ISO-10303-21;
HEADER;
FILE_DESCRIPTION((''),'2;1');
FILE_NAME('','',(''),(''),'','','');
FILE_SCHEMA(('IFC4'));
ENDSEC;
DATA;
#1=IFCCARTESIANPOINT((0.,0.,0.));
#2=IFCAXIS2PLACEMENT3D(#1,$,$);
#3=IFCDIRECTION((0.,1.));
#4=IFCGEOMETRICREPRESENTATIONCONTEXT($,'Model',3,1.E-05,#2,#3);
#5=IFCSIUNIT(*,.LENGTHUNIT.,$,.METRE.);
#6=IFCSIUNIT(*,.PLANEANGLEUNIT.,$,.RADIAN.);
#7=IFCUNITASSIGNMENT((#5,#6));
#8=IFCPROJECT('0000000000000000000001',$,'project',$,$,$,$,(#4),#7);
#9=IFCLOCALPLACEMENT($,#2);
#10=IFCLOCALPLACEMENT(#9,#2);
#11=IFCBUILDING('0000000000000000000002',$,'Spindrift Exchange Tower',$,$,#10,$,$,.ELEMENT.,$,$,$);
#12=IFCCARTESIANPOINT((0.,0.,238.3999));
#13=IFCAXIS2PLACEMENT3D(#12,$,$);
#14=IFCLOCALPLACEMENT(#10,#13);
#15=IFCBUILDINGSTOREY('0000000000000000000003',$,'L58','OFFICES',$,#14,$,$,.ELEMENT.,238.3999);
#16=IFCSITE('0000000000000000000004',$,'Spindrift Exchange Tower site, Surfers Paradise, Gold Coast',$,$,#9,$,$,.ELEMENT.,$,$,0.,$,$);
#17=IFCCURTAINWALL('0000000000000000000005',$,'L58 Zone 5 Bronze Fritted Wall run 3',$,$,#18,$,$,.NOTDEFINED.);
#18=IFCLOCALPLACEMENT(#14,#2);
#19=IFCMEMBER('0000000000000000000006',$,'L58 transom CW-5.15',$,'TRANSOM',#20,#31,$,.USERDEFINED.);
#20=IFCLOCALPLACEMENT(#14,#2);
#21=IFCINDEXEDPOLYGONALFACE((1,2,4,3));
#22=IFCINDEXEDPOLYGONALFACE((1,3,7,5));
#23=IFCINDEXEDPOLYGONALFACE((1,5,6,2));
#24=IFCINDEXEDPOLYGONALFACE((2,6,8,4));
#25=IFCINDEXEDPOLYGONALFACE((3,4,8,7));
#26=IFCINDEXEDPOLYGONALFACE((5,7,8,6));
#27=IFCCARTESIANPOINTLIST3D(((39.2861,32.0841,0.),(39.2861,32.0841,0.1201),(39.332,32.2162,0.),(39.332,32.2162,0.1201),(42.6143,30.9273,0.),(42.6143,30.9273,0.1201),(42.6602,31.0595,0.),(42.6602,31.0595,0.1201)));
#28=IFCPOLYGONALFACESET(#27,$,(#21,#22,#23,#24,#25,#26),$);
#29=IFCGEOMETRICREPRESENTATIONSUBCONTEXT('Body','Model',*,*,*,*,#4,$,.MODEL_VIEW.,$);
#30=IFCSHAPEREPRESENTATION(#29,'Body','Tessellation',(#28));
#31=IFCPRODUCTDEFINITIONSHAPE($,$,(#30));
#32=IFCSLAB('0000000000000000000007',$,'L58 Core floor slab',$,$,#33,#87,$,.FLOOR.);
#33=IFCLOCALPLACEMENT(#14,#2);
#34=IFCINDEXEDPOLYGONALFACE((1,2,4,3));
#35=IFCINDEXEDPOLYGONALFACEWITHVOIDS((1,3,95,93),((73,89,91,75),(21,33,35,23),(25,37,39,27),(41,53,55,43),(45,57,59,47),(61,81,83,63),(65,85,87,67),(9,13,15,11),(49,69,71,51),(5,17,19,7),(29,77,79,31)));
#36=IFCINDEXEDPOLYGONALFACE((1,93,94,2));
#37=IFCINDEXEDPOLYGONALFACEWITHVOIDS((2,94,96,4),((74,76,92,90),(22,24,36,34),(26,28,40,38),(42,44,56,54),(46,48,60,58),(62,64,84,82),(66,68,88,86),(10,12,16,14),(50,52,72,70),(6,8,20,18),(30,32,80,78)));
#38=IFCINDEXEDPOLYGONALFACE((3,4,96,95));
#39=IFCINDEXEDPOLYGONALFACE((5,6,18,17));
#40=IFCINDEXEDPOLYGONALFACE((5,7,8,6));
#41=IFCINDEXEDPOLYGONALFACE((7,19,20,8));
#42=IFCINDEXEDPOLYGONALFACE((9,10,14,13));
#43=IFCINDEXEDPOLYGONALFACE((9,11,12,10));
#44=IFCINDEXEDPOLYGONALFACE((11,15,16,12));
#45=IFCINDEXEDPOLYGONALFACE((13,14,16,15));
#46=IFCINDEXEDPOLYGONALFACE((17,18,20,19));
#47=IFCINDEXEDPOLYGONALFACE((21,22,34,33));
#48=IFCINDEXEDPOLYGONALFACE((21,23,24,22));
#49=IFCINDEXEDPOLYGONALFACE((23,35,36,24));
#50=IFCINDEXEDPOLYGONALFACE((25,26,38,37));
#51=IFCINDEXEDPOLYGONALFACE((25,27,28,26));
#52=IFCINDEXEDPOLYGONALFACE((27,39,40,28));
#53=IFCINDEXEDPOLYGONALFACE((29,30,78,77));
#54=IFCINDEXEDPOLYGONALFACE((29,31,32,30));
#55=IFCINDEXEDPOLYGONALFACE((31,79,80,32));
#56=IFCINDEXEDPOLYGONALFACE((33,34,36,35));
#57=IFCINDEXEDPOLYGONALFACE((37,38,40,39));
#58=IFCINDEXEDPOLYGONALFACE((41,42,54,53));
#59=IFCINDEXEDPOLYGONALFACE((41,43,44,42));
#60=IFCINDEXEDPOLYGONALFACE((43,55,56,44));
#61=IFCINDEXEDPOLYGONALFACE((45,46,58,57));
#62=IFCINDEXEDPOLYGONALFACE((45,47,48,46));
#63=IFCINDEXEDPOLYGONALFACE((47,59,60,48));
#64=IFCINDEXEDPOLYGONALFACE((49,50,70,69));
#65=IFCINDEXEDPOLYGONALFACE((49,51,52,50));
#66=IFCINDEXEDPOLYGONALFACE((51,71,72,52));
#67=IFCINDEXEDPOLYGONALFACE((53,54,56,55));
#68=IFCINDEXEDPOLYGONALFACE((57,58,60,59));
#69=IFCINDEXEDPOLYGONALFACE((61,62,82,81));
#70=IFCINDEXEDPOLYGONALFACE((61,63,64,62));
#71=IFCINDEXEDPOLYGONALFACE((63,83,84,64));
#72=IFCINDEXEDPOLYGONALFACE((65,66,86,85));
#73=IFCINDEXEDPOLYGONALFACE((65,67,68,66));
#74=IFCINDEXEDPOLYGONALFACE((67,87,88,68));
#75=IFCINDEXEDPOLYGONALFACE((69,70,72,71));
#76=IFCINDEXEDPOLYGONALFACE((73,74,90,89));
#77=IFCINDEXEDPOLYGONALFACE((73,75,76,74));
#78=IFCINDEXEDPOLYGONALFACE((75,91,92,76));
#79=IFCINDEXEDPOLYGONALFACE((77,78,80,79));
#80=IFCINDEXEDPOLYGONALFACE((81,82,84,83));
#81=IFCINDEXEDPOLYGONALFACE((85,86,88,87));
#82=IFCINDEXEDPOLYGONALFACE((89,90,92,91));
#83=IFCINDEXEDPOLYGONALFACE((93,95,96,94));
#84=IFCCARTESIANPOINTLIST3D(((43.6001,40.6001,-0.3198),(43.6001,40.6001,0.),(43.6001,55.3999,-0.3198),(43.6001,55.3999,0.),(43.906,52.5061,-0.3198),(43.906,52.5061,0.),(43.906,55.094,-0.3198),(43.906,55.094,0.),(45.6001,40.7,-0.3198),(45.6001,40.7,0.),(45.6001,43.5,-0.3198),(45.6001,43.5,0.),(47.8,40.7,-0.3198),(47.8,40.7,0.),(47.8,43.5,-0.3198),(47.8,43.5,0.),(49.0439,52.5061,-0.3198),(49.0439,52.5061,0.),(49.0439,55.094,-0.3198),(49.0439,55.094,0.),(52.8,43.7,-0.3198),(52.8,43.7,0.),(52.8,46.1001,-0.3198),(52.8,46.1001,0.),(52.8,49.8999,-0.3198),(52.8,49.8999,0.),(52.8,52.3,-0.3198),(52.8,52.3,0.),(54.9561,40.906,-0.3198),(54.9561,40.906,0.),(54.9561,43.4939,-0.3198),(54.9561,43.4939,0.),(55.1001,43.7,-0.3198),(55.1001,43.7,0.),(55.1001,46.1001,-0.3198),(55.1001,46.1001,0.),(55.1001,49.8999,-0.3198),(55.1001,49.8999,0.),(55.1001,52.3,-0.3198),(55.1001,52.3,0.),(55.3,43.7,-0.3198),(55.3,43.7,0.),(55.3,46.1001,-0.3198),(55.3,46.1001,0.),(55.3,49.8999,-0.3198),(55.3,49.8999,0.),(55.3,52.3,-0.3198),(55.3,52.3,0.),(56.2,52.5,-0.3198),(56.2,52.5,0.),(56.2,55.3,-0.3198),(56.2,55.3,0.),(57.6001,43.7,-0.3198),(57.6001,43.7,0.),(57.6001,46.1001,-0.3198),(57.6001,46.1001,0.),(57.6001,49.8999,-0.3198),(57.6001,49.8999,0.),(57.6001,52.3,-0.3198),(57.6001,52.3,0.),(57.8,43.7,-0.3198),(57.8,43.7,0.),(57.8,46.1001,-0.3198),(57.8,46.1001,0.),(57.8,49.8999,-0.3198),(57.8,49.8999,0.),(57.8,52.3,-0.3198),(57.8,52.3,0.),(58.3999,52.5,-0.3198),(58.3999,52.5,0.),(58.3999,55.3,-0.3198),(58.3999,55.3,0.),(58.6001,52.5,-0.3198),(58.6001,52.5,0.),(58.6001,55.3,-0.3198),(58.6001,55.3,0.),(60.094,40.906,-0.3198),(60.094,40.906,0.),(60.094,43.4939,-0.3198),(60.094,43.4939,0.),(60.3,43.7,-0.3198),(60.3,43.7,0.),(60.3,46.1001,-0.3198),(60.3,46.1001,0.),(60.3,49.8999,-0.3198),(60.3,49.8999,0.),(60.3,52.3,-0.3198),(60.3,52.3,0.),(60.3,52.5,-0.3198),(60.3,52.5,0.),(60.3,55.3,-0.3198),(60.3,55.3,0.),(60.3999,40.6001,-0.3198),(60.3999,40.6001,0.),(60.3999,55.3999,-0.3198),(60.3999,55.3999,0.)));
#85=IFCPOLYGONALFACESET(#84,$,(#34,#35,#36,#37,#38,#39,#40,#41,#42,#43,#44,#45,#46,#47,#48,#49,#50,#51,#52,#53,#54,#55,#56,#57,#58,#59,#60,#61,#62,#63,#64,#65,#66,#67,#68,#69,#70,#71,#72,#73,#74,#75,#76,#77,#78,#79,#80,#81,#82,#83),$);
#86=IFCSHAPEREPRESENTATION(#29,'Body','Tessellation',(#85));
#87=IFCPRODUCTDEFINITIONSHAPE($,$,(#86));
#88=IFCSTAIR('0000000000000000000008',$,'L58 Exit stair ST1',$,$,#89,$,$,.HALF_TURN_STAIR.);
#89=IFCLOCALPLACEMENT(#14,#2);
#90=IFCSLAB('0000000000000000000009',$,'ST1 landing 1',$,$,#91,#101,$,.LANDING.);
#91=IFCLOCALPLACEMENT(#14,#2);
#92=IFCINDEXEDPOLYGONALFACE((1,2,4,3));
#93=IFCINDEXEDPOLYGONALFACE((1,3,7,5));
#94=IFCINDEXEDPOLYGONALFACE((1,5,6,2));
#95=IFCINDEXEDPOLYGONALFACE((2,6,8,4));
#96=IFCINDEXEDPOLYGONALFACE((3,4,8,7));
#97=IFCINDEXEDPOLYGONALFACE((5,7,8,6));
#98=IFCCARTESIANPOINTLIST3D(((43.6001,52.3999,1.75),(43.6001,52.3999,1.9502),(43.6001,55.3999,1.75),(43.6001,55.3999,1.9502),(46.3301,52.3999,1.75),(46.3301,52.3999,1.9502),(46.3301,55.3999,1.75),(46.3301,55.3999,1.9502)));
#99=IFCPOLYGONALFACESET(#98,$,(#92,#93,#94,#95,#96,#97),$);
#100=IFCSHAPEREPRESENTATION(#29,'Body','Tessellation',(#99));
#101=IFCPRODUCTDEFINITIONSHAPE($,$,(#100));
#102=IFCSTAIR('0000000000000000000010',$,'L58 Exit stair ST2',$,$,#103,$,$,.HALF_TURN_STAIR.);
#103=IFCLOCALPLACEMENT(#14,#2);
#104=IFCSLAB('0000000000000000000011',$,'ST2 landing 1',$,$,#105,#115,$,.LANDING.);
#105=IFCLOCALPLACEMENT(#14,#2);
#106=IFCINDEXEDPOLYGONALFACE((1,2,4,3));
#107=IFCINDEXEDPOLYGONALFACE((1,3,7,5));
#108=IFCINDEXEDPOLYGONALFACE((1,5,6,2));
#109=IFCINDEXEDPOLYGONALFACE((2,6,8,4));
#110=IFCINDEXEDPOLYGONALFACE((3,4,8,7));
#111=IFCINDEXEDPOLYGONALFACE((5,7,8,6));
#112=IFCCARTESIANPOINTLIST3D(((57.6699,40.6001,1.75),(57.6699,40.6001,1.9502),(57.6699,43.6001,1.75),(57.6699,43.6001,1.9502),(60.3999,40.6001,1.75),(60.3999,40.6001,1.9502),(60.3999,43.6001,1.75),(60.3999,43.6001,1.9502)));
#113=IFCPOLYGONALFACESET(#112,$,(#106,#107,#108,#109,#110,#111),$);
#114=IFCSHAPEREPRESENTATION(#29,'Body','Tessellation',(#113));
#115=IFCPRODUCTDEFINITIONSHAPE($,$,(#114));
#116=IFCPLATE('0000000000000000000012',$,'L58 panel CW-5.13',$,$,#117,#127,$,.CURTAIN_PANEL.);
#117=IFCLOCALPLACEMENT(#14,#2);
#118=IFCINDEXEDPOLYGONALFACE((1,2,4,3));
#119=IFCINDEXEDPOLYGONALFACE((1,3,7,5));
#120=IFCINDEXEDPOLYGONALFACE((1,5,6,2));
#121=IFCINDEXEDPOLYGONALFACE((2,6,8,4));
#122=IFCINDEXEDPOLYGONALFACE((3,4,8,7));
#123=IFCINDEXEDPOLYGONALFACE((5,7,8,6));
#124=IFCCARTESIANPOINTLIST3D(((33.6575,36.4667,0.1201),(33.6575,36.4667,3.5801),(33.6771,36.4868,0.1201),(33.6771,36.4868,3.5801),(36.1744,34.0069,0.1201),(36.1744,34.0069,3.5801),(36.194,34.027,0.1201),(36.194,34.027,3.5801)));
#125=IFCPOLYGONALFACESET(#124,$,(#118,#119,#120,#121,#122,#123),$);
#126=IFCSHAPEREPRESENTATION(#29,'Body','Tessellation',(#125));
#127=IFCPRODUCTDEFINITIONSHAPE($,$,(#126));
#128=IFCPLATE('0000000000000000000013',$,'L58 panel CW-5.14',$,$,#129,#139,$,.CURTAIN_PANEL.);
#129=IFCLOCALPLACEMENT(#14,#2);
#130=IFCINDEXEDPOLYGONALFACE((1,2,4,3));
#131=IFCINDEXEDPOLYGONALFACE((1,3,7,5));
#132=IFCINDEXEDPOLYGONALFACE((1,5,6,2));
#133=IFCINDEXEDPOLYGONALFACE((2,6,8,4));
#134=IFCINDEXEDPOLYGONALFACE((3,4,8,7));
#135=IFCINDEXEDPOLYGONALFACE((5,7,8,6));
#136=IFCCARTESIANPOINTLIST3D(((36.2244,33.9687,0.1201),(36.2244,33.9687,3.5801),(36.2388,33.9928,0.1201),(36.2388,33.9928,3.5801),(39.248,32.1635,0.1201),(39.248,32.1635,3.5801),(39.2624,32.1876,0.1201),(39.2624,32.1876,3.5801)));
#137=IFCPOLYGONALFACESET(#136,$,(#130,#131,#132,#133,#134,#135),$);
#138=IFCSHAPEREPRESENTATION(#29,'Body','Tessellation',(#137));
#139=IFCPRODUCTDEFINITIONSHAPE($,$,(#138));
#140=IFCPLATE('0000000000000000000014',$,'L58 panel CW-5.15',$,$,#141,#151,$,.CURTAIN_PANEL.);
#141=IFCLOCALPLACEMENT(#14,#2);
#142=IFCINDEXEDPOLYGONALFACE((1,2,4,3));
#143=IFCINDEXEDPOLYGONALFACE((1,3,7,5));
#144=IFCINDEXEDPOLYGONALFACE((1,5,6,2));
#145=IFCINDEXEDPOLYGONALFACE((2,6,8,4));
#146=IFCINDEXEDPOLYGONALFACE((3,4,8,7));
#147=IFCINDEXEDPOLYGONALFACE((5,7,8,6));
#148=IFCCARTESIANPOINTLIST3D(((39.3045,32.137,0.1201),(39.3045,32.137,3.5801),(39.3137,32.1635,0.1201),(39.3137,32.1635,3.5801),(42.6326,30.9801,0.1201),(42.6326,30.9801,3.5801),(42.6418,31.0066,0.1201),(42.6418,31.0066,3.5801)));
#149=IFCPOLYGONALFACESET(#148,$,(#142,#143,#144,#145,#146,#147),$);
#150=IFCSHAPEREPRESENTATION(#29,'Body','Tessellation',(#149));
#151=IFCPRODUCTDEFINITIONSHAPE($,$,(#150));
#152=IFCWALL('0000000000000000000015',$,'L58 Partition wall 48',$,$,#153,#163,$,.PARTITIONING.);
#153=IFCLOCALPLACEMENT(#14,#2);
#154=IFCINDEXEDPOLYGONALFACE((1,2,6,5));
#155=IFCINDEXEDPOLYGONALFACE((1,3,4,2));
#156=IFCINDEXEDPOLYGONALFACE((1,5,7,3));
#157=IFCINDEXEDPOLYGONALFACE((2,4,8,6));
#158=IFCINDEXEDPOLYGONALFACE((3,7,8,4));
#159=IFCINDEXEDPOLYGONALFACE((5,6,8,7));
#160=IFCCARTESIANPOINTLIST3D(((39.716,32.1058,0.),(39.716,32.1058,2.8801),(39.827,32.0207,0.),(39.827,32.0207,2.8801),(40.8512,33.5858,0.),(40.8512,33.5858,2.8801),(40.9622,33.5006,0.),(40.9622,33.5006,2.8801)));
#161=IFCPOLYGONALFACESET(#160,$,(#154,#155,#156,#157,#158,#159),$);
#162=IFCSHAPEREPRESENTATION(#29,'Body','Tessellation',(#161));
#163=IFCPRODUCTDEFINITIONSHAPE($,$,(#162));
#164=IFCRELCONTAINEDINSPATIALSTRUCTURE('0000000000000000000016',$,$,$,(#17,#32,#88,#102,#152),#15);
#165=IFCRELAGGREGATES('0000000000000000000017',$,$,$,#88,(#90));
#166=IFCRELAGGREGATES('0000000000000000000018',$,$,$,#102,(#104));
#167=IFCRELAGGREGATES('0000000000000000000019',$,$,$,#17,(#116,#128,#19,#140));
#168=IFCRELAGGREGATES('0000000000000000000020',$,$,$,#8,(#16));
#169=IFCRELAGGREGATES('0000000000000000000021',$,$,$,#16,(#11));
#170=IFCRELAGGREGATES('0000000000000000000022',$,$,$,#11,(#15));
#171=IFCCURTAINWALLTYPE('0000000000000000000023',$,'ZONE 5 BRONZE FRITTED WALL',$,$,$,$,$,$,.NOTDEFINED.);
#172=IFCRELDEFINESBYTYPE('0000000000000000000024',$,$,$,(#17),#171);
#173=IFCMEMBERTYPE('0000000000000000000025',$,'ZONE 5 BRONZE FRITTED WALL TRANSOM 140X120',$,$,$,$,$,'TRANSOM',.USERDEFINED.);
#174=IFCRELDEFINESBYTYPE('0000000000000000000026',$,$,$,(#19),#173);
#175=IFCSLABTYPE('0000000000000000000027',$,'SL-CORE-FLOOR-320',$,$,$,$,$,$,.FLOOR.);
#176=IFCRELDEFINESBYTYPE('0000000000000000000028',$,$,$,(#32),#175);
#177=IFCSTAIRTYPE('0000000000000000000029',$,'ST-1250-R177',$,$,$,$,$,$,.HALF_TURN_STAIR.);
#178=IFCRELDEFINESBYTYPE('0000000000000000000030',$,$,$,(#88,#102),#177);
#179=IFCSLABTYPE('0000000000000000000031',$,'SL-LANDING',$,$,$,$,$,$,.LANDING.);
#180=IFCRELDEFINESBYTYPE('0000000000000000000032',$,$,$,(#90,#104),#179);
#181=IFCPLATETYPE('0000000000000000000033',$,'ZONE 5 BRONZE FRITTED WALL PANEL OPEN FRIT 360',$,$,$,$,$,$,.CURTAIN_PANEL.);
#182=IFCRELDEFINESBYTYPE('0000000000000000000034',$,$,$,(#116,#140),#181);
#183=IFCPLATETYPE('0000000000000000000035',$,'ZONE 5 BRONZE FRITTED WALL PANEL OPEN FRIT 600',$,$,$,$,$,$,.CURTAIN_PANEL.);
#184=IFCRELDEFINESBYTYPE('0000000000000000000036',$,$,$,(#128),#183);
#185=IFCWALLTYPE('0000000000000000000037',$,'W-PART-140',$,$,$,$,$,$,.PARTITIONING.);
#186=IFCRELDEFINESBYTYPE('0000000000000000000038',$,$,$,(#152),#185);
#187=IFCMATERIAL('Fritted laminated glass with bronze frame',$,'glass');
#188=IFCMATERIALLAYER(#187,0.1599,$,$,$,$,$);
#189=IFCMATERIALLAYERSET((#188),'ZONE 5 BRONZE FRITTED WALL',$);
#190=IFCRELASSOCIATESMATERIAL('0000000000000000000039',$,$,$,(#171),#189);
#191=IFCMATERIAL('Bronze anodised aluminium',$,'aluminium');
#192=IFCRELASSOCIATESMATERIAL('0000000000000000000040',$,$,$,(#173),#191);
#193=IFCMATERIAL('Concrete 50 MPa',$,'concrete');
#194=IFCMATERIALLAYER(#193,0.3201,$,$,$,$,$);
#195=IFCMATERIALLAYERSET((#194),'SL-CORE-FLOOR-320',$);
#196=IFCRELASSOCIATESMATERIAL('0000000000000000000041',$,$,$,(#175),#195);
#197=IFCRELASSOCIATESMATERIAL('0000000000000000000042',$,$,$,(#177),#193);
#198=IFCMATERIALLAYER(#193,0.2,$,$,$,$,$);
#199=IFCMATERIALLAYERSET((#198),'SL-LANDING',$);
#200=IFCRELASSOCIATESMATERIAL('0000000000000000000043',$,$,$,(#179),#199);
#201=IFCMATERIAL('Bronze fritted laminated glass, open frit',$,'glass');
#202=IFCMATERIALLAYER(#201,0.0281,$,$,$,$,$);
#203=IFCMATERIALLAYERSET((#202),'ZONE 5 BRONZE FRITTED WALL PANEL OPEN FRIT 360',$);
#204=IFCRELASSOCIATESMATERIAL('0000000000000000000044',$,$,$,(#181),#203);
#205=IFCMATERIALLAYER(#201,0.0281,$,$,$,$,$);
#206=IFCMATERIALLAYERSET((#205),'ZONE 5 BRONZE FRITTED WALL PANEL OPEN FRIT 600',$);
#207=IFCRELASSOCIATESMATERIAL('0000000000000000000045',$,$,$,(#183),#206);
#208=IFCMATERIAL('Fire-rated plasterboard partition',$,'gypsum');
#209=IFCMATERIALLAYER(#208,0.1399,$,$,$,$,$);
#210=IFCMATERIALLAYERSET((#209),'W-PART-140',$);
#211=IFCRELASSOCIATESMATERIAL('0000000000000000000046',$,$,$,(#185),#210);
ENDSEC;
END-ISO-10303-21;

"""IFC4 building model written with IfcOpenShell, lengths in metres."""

from ifc_helpers import new_model, si_unit, direction, frame, frame_2d, origin, origin_2d, place, context, subcontext, project, spatial, line, indexed_curve, rectangle, outline, extrude, source, transform, mapped, material, layer, layer_set, material_profile, profile_set, type_object, element, aggregate, save


model = new_model("IFC4")

# Units and contexts
model_context = context("Model", 3, precision=1e-05, world=origin(), true_north=direction((0.0, 1.0)))
body_context = subcontext(model_context, "Body", "Model", "MODEL_VIEW")
ifc_project = project(units=[si_unit("LENGTHUNIT", "METRE"), si_unit("PLANEANGLEUNIT", "RADIAN")], contexts=[model_context])

# Site, building, storey
site_placement = place(None, origin())
site = spatial("IfcSite", under=ifc_project, at=site_placement, Name="Spindrift Exchange Tower site, Surfers Paradise, Gold Coast", CompositionType="ELEMENT", RefElevation=0.0)
building_placement = place(site_placement, origin())
building = spatial("IfcBuilding", under=site, at=building_placement, Name="Spindrift Exchange Tower", CompositionType="ELEMENT")
storey_placement = place(building_placement, frame((0.0, 0.0, 238.3999)))
storey = spatial("IfcBuildingStorey", under=building, at=storey_placement, Name="L58", Description="OFFICES", CompositionType="ELEMENT", Elevation=238.3999)

# Curtain wall, member
ifc_material_1 = material(Name="Fritted laminated glass with bronze frame", Category="glass")
ifc_layer_1 = layer(ifc_material_1, 0.1599)
ifc_layer_set_1 = layer_set([ifc_layer_1], Name="ZONE 5 BRONZE FRITTED WALL")
curtain_wall_type = type_object("IfcCurtainWallType", Name="ZONE 5 BRONZE FRITTED WALL", PredefinedType="NOTDEFINED", material=ifc_layer_set_1)
curtain_wall_placement = place(storey_placement, origin())
curtain_wall = element("IfcCurtainWall", 1, at=curtain_wall_placement, inside=storey, type_object=curtain_wall_type, Name="L58 Zone 5 Bronze Fritted Wall run 3", PredefinedType="NOTDEFINED")
ifc_material_2 = material(Name="Bronze anodised aluminium", Category="aluminium")
ifc_material_profile_1 = material_profile(ifc_material_2, rectangle(XDim=0.1399, YDim=0.1201, at=origin_2d()), Name="ZONE 5 BRONZE FRITTED WALL TRANSOM 140X120")
ifc_profile_set_1 = profile_set([ifc_material_profile_1], Name="Bronze anodised aluminium")
member_type_1 = type_object("IfcMemberType", Name="ZONE 5 BRONZE FRITTED WALL TRANSOM 140X120", ElementType="TRANSOM", PredefinedType="USERDEFINED", material=ifc_profile_set_1)
shared_shape_1 = source(origin(), body_context, "Body", "SweptSolid", [
    extrude(rectangle(XDim=0.1399, YDim=0.1201, at=origin_2d()), origin(), (0.0, 0.0, 1.0), 3.5234),
])
member_1_placement = place(storey_placement, frame((39.3091, 32.1501, 0.0601), z_axis=(0.944573, -0.3283, 0.0), x_axis=(0.3283, 0.944573, 0.0)))
member_1 = element("IfcMember", 2, at=member_1_placement, type_object=member_type_1, Name="L58 transom CW-5.15", ObjectType="TRANSOM", PredefinedType="USERDEFINED", context=body_context, shape_type="MappedRepresentation", body=[
    mapped(shared_shape_1, transform((0.0, 0.0, 0.0), scale=1.0)),
])

# Slab
ifc_material_3 = material(Name="Concrete 50 MPa", Category="concrete")
ifc_layer_2 = layer(ifc_material_3, 0.3201)
ifc_layer_set_2 = layer_set([ifc_layer_2], Name="SL-CORE-FLOOR-320")
slab_type_1 = type_object("IfcSlabType", Name="SL-CORE-FLOOR-320", PredefinedType="FLOOR", material=ifc_layer_set_2)
slab_1_placement = place(storey_placement, frame((0.0, 0.0, -0.3198)))
element("IfcSlab", 3, at=slab_1_placement, inside=storey, type_object=slab_type_1, Name="L58 Core floor slab", PredefinedType="FLOOR", context=body_context, shape_type="SweptSolid", body=[
    extrude(outline(indexed_curve([(43.6001, 40.6001), (43.6001, 55.3999), (60.3999, 55.3999), (60.3999, 40.6001)], segments=[line(1, 2, 3, 4, 1)], self_intersect=False), holes=[indexed_curve([(45.6001, 43.5), (45.6001, 40.7), (47.8, 40.7), (47.8, 43.5)], segments=[line(1, 2, 3, 4, 1)], self_intersect=False), indexed_curve([(52.8, 46.1001), (52.8, 43.7), (55.1001, 43.7), (55.1001, 46.1001)], segments=[line(1, 2, 3, 4, 1)], self_intersect=False), indexed_curve([(55.3, 46.1001), (55.3, 43.7), (57.6001, 43.7), (57.6001, 46.1001)], segments=[line(1, 2, 3, 4, 1)], self_intersect=False), indexed_curve([(55.1001, 52.3), (52.8, 52.3), (52.8, 49.8999), (55.1001, 49.8999)], segments=[line(1, 2, 3, 4, 1)], self_intersect=False), indexed_curve([(57.6001, 52.3), (55.3, 52.3), (55.3, 49.8999), (57.6001, 49.8999)], segments=[line(1, 2, 3, 4, 1)], self_intersect=False), indexed_curve([(43.906, 52.5061), (49.0439, 52.5061), (49.0439, 55.094), (43.906, 55.094)], segments=[line(1, 2, 3, 4, 1)], self_intersect=False), indexed_curve([(60.094, 40.906), (60.094, 43.4939), (54.9561, 43.4939), (54.9561, 40.906)], segments=[line(1, 2, 3, 4, 1)], self_intersect=False), indexed_curve([(60.3, 46.1001), (57.8, 46.1001), (57.8, 43.7), (60.3, 43.7)], segments=[line(1, 2, 3, 4, 1)], self_intersect=False), indexed_curve([(57.8, 52.3), (57.8, 49.8999), (60.3, 49.8999), (60.3, 52.3)], segments=[line(1, 2, 3, 4, 1)], self_intersect=False), indexed_curve([(58.3999, 55.3), (56.2, 55.3), (56.2, 52.5), (58.3999, 52.5)], segments=[line(1, 2, 3, 4, 1)], self_intersect=False), indexed_curve([(60.3, 55.3), (58.6001, 55.3), (58.6001, 52.5), (60.3, 52.5)], segments=[line(1, 2, 3, 4, 1)], self_intersect=False)]), origin(), (0.0, 0.0, 1.0), 0.3198),
])

# Stairs, slabs
stair_type = type_object("IfcStairType", Name="ST-1250-R177", PredefinedType="HALF_TURN_STAIR", material=ifc_material_3)
stair_1_placement = place(storey_placement, origin())
stair_1 = element("IfcStair", 4, at=stair_1_placement, inside=storey, type_object=stair_type, Name="L58 Exit stair ST1", PredefinedType="HALF_TURN_STAIR")
ifc_layer_3 = layer(ifc_material_3, 0.2)
ifc_layer_set_3 = layer_set([ifc_layer_3], Name="SL-LANDING")
slab_type_2 = type_object("IfcSlabType", Name="SL-LANDING", PredefinedType="LANDING", material=ifc_layer_set_3)
slab_2_placement = place(storey_placement, frame((0.0, 0.0, 1.75)))
slab_2 = element("IfcSlab", 5, at=slab_2_placement, type_object=slab_type_2, Name="ST1 landing 1", PredefinedType="LANDING", context=body_context, shape_type="SweptSolid", body=[
    extrude(outline(indexed_curve([(46.3301, 52.3999), (43.6001, 52.3999), (43.6001, 55.3999), (46.3301, 55.3999)], segments=[line(1, 2, 3, 4, 1)], self_intersect=False)), origin(), (0.0, 0.0, 1.0), 0.2002),
])
aggregate(stair_1, [slab_2])
stair_2_placement = place(storey_placement, origin())
stair_2 = element("IfcStair", 6, at=stair_2_placement, inside=storey, type_object=stair_type, Name="L58 Exit stair ST2", PredefinedType="HALF_TURN_STAIR")
slab_3_placement = place(storey_placement, frame((0.0, 0.0, 1.75)))
slab_3 = element("IfcSlab", 7, at=slab_3_placement, type_object=slab_type_2, Name="ST2 landing 1", PredefinedType="LANDING", context=body_context, shape_type="SweptSolid", body=[
    extrude(outline(indexed_curve([(57.6699, 43.6001), (60.3999, 43.6001), (60.3999, 40.6001), (57.6699, 40.6001)], segments=[line(1, 2, 3, 4, 1)], self_intersect=False)), origin(), (0.0, 0.0, 1.0), 0.2002),
])
aggregate(stair_2, [slab_3])

# Plates
ifc_material_4 = material(Name="Bronze fritted laminated glass, open frit", Category="glass")
ifc_layer_4 = layer(ifc_material_4, 0.0281)
ifc_layer_set_4 = layer_set([ifc_layer_4], Name="ZONE 5 BRONZE FRITTED WALL PANEL OPEN FRIT 360")
plate_type_1 = type_object("IfcPlateType", Name="ZONE 5 BRONZE FRITTED WALL PANEL OPEN FRIT 360", PredefinedType="CURTAIN_PANEL", material=ifc_layer_set_4)
shared_shape_2 = source(origin(), body_context, "Body", "SweptSolid", [
    extrude(rectangle(XDim=3.5193, YDim=0.0281, at=origin_2d()), origin(), (0.0, 0.0, 1.0), 3.46),
])
plate_1_placement = place(storey_placement, frame((34.9258, 35.2468, 0.1201), z_axis=(0.0, 0.0, 1.0), x_axis=(0.715177, -0.698943, 0.0)))
plate_1 = element("IfcPlate", 8, at=plate_1_placement, type_object=plate_type_1, Name="L58 panel CW-5.13", PredefinedType="CURTAIN_PANEL", context=body_context, shape_type="MappedRepresentation", body=[
    mapped(shared_shape_2, transform((0.0, 0.0, 0.0), scale=1.0)),
])
ifc_layer_5 = layer(ifc_material_4, 0.0281)
ifc_layer_set_5 = layer_set([ifc_layer_5], Name="ZONE 5 BRONZE FRITTED WALL PANEL OPEN FRIT 600")
plate_type_2 = type_object("IfcPlateType", Name="ZONE 5 BRONZE FRITTED WALL PANEL OPEN FRIT 600", PredefinedType="CURTAIN_PANEL", material=ifc_layer_set_5)
shared_shape_3 = source(origin(), body_context, "Body", "SweptSolid", [
    extrude(rectangle(XDim=3.5215, YDim=0.0281, at=origin_2d()), origin(), (0.0, 0.0, 1.0), 3.46),
])
plate_2_placement = place(storey_placement, frame((37.7434, 33.0781, 0.1201), z_axis=(0.0, 0.0, 1.0), x_axis=(0.858607, -0.512635, 0.0)))
plate_2 = element("IfcPlate", 9, at=plate_2_placement, type_object=plate_type_2, Name="L58 panel CW-5.14", PredefinedType="CURTAIN_PANEL", context=body_context, shape_type="MappedRepresentation", body=[
    mapped(shared_shape_3, transform((0.0, 0.0, 0.0), scale=1.0)),
])
shared_shape_4 = source(origin(), body_context, "Body", "SweptSolid", [
    extrude(rectangle(XDim=3.5234, YDim=0.0281, at=origin_2d()), origin(), (0.0, 0.0, 1.0), 3.46),
])
plate_3_placement = place(storey_placement, frame((40.9731, 31.5718, 0.1201), z_axis=(0.0, 0.0, 1.0), x_axis=(0.944556, -0.328349, 0.0)))
plate_3 = element("IfcPlate", 10, at=plate_3_placement, type_object=plate_type_1, Name="L58 panel CW-5.15", PredefinedType="CURTAIN_PANEL", context=body_context, shape_type="MappedRepresentation", body=[
    mapped(shared_shape_4, transform((0.0, 0.0, 0.0), scale=1.0)),
])
aggregate(curtain_wall, [plate_1, plate_2, member_1, plate_3])

# Wall
ifc_material_5 = material(Name="Fire-rated plasterboard partition", Category="gypsum")
ifc_layer_6 = layer(ifc_material_5, 0.1399)
ifc_layer_set_6 = layer_set([ifc_layer_6], Name="W-PART-140")
wall_type = type_object("IfcWallType", Name="W-PART-140", PredefinedType="PARTITIONING", material=ifc_layer_set_6)
wall_1_placement = place(storey_placement, frame((40.9067, 33.5432, 0.0), z_axis=(0.0, 0.0, 1.0), x_axis=(-0.608635, -0.79345, 0.0)))
element("IfcWall", 11, at=wall_1_placement, inside=storey, type_object=wall_type, Name="L58 Partition wall 48", PredefinedType="PARTITIONING", context=body_context, shape_type="SweptSolid", body=[
    extrude(rectangle(XDim=1.8652, YDim=0.1399, at=frame_2d((0.9326, 0.0))), origin(), (0.0, 0.0, 1.0), 2.8801),
])

save(model, "model.ifc")
